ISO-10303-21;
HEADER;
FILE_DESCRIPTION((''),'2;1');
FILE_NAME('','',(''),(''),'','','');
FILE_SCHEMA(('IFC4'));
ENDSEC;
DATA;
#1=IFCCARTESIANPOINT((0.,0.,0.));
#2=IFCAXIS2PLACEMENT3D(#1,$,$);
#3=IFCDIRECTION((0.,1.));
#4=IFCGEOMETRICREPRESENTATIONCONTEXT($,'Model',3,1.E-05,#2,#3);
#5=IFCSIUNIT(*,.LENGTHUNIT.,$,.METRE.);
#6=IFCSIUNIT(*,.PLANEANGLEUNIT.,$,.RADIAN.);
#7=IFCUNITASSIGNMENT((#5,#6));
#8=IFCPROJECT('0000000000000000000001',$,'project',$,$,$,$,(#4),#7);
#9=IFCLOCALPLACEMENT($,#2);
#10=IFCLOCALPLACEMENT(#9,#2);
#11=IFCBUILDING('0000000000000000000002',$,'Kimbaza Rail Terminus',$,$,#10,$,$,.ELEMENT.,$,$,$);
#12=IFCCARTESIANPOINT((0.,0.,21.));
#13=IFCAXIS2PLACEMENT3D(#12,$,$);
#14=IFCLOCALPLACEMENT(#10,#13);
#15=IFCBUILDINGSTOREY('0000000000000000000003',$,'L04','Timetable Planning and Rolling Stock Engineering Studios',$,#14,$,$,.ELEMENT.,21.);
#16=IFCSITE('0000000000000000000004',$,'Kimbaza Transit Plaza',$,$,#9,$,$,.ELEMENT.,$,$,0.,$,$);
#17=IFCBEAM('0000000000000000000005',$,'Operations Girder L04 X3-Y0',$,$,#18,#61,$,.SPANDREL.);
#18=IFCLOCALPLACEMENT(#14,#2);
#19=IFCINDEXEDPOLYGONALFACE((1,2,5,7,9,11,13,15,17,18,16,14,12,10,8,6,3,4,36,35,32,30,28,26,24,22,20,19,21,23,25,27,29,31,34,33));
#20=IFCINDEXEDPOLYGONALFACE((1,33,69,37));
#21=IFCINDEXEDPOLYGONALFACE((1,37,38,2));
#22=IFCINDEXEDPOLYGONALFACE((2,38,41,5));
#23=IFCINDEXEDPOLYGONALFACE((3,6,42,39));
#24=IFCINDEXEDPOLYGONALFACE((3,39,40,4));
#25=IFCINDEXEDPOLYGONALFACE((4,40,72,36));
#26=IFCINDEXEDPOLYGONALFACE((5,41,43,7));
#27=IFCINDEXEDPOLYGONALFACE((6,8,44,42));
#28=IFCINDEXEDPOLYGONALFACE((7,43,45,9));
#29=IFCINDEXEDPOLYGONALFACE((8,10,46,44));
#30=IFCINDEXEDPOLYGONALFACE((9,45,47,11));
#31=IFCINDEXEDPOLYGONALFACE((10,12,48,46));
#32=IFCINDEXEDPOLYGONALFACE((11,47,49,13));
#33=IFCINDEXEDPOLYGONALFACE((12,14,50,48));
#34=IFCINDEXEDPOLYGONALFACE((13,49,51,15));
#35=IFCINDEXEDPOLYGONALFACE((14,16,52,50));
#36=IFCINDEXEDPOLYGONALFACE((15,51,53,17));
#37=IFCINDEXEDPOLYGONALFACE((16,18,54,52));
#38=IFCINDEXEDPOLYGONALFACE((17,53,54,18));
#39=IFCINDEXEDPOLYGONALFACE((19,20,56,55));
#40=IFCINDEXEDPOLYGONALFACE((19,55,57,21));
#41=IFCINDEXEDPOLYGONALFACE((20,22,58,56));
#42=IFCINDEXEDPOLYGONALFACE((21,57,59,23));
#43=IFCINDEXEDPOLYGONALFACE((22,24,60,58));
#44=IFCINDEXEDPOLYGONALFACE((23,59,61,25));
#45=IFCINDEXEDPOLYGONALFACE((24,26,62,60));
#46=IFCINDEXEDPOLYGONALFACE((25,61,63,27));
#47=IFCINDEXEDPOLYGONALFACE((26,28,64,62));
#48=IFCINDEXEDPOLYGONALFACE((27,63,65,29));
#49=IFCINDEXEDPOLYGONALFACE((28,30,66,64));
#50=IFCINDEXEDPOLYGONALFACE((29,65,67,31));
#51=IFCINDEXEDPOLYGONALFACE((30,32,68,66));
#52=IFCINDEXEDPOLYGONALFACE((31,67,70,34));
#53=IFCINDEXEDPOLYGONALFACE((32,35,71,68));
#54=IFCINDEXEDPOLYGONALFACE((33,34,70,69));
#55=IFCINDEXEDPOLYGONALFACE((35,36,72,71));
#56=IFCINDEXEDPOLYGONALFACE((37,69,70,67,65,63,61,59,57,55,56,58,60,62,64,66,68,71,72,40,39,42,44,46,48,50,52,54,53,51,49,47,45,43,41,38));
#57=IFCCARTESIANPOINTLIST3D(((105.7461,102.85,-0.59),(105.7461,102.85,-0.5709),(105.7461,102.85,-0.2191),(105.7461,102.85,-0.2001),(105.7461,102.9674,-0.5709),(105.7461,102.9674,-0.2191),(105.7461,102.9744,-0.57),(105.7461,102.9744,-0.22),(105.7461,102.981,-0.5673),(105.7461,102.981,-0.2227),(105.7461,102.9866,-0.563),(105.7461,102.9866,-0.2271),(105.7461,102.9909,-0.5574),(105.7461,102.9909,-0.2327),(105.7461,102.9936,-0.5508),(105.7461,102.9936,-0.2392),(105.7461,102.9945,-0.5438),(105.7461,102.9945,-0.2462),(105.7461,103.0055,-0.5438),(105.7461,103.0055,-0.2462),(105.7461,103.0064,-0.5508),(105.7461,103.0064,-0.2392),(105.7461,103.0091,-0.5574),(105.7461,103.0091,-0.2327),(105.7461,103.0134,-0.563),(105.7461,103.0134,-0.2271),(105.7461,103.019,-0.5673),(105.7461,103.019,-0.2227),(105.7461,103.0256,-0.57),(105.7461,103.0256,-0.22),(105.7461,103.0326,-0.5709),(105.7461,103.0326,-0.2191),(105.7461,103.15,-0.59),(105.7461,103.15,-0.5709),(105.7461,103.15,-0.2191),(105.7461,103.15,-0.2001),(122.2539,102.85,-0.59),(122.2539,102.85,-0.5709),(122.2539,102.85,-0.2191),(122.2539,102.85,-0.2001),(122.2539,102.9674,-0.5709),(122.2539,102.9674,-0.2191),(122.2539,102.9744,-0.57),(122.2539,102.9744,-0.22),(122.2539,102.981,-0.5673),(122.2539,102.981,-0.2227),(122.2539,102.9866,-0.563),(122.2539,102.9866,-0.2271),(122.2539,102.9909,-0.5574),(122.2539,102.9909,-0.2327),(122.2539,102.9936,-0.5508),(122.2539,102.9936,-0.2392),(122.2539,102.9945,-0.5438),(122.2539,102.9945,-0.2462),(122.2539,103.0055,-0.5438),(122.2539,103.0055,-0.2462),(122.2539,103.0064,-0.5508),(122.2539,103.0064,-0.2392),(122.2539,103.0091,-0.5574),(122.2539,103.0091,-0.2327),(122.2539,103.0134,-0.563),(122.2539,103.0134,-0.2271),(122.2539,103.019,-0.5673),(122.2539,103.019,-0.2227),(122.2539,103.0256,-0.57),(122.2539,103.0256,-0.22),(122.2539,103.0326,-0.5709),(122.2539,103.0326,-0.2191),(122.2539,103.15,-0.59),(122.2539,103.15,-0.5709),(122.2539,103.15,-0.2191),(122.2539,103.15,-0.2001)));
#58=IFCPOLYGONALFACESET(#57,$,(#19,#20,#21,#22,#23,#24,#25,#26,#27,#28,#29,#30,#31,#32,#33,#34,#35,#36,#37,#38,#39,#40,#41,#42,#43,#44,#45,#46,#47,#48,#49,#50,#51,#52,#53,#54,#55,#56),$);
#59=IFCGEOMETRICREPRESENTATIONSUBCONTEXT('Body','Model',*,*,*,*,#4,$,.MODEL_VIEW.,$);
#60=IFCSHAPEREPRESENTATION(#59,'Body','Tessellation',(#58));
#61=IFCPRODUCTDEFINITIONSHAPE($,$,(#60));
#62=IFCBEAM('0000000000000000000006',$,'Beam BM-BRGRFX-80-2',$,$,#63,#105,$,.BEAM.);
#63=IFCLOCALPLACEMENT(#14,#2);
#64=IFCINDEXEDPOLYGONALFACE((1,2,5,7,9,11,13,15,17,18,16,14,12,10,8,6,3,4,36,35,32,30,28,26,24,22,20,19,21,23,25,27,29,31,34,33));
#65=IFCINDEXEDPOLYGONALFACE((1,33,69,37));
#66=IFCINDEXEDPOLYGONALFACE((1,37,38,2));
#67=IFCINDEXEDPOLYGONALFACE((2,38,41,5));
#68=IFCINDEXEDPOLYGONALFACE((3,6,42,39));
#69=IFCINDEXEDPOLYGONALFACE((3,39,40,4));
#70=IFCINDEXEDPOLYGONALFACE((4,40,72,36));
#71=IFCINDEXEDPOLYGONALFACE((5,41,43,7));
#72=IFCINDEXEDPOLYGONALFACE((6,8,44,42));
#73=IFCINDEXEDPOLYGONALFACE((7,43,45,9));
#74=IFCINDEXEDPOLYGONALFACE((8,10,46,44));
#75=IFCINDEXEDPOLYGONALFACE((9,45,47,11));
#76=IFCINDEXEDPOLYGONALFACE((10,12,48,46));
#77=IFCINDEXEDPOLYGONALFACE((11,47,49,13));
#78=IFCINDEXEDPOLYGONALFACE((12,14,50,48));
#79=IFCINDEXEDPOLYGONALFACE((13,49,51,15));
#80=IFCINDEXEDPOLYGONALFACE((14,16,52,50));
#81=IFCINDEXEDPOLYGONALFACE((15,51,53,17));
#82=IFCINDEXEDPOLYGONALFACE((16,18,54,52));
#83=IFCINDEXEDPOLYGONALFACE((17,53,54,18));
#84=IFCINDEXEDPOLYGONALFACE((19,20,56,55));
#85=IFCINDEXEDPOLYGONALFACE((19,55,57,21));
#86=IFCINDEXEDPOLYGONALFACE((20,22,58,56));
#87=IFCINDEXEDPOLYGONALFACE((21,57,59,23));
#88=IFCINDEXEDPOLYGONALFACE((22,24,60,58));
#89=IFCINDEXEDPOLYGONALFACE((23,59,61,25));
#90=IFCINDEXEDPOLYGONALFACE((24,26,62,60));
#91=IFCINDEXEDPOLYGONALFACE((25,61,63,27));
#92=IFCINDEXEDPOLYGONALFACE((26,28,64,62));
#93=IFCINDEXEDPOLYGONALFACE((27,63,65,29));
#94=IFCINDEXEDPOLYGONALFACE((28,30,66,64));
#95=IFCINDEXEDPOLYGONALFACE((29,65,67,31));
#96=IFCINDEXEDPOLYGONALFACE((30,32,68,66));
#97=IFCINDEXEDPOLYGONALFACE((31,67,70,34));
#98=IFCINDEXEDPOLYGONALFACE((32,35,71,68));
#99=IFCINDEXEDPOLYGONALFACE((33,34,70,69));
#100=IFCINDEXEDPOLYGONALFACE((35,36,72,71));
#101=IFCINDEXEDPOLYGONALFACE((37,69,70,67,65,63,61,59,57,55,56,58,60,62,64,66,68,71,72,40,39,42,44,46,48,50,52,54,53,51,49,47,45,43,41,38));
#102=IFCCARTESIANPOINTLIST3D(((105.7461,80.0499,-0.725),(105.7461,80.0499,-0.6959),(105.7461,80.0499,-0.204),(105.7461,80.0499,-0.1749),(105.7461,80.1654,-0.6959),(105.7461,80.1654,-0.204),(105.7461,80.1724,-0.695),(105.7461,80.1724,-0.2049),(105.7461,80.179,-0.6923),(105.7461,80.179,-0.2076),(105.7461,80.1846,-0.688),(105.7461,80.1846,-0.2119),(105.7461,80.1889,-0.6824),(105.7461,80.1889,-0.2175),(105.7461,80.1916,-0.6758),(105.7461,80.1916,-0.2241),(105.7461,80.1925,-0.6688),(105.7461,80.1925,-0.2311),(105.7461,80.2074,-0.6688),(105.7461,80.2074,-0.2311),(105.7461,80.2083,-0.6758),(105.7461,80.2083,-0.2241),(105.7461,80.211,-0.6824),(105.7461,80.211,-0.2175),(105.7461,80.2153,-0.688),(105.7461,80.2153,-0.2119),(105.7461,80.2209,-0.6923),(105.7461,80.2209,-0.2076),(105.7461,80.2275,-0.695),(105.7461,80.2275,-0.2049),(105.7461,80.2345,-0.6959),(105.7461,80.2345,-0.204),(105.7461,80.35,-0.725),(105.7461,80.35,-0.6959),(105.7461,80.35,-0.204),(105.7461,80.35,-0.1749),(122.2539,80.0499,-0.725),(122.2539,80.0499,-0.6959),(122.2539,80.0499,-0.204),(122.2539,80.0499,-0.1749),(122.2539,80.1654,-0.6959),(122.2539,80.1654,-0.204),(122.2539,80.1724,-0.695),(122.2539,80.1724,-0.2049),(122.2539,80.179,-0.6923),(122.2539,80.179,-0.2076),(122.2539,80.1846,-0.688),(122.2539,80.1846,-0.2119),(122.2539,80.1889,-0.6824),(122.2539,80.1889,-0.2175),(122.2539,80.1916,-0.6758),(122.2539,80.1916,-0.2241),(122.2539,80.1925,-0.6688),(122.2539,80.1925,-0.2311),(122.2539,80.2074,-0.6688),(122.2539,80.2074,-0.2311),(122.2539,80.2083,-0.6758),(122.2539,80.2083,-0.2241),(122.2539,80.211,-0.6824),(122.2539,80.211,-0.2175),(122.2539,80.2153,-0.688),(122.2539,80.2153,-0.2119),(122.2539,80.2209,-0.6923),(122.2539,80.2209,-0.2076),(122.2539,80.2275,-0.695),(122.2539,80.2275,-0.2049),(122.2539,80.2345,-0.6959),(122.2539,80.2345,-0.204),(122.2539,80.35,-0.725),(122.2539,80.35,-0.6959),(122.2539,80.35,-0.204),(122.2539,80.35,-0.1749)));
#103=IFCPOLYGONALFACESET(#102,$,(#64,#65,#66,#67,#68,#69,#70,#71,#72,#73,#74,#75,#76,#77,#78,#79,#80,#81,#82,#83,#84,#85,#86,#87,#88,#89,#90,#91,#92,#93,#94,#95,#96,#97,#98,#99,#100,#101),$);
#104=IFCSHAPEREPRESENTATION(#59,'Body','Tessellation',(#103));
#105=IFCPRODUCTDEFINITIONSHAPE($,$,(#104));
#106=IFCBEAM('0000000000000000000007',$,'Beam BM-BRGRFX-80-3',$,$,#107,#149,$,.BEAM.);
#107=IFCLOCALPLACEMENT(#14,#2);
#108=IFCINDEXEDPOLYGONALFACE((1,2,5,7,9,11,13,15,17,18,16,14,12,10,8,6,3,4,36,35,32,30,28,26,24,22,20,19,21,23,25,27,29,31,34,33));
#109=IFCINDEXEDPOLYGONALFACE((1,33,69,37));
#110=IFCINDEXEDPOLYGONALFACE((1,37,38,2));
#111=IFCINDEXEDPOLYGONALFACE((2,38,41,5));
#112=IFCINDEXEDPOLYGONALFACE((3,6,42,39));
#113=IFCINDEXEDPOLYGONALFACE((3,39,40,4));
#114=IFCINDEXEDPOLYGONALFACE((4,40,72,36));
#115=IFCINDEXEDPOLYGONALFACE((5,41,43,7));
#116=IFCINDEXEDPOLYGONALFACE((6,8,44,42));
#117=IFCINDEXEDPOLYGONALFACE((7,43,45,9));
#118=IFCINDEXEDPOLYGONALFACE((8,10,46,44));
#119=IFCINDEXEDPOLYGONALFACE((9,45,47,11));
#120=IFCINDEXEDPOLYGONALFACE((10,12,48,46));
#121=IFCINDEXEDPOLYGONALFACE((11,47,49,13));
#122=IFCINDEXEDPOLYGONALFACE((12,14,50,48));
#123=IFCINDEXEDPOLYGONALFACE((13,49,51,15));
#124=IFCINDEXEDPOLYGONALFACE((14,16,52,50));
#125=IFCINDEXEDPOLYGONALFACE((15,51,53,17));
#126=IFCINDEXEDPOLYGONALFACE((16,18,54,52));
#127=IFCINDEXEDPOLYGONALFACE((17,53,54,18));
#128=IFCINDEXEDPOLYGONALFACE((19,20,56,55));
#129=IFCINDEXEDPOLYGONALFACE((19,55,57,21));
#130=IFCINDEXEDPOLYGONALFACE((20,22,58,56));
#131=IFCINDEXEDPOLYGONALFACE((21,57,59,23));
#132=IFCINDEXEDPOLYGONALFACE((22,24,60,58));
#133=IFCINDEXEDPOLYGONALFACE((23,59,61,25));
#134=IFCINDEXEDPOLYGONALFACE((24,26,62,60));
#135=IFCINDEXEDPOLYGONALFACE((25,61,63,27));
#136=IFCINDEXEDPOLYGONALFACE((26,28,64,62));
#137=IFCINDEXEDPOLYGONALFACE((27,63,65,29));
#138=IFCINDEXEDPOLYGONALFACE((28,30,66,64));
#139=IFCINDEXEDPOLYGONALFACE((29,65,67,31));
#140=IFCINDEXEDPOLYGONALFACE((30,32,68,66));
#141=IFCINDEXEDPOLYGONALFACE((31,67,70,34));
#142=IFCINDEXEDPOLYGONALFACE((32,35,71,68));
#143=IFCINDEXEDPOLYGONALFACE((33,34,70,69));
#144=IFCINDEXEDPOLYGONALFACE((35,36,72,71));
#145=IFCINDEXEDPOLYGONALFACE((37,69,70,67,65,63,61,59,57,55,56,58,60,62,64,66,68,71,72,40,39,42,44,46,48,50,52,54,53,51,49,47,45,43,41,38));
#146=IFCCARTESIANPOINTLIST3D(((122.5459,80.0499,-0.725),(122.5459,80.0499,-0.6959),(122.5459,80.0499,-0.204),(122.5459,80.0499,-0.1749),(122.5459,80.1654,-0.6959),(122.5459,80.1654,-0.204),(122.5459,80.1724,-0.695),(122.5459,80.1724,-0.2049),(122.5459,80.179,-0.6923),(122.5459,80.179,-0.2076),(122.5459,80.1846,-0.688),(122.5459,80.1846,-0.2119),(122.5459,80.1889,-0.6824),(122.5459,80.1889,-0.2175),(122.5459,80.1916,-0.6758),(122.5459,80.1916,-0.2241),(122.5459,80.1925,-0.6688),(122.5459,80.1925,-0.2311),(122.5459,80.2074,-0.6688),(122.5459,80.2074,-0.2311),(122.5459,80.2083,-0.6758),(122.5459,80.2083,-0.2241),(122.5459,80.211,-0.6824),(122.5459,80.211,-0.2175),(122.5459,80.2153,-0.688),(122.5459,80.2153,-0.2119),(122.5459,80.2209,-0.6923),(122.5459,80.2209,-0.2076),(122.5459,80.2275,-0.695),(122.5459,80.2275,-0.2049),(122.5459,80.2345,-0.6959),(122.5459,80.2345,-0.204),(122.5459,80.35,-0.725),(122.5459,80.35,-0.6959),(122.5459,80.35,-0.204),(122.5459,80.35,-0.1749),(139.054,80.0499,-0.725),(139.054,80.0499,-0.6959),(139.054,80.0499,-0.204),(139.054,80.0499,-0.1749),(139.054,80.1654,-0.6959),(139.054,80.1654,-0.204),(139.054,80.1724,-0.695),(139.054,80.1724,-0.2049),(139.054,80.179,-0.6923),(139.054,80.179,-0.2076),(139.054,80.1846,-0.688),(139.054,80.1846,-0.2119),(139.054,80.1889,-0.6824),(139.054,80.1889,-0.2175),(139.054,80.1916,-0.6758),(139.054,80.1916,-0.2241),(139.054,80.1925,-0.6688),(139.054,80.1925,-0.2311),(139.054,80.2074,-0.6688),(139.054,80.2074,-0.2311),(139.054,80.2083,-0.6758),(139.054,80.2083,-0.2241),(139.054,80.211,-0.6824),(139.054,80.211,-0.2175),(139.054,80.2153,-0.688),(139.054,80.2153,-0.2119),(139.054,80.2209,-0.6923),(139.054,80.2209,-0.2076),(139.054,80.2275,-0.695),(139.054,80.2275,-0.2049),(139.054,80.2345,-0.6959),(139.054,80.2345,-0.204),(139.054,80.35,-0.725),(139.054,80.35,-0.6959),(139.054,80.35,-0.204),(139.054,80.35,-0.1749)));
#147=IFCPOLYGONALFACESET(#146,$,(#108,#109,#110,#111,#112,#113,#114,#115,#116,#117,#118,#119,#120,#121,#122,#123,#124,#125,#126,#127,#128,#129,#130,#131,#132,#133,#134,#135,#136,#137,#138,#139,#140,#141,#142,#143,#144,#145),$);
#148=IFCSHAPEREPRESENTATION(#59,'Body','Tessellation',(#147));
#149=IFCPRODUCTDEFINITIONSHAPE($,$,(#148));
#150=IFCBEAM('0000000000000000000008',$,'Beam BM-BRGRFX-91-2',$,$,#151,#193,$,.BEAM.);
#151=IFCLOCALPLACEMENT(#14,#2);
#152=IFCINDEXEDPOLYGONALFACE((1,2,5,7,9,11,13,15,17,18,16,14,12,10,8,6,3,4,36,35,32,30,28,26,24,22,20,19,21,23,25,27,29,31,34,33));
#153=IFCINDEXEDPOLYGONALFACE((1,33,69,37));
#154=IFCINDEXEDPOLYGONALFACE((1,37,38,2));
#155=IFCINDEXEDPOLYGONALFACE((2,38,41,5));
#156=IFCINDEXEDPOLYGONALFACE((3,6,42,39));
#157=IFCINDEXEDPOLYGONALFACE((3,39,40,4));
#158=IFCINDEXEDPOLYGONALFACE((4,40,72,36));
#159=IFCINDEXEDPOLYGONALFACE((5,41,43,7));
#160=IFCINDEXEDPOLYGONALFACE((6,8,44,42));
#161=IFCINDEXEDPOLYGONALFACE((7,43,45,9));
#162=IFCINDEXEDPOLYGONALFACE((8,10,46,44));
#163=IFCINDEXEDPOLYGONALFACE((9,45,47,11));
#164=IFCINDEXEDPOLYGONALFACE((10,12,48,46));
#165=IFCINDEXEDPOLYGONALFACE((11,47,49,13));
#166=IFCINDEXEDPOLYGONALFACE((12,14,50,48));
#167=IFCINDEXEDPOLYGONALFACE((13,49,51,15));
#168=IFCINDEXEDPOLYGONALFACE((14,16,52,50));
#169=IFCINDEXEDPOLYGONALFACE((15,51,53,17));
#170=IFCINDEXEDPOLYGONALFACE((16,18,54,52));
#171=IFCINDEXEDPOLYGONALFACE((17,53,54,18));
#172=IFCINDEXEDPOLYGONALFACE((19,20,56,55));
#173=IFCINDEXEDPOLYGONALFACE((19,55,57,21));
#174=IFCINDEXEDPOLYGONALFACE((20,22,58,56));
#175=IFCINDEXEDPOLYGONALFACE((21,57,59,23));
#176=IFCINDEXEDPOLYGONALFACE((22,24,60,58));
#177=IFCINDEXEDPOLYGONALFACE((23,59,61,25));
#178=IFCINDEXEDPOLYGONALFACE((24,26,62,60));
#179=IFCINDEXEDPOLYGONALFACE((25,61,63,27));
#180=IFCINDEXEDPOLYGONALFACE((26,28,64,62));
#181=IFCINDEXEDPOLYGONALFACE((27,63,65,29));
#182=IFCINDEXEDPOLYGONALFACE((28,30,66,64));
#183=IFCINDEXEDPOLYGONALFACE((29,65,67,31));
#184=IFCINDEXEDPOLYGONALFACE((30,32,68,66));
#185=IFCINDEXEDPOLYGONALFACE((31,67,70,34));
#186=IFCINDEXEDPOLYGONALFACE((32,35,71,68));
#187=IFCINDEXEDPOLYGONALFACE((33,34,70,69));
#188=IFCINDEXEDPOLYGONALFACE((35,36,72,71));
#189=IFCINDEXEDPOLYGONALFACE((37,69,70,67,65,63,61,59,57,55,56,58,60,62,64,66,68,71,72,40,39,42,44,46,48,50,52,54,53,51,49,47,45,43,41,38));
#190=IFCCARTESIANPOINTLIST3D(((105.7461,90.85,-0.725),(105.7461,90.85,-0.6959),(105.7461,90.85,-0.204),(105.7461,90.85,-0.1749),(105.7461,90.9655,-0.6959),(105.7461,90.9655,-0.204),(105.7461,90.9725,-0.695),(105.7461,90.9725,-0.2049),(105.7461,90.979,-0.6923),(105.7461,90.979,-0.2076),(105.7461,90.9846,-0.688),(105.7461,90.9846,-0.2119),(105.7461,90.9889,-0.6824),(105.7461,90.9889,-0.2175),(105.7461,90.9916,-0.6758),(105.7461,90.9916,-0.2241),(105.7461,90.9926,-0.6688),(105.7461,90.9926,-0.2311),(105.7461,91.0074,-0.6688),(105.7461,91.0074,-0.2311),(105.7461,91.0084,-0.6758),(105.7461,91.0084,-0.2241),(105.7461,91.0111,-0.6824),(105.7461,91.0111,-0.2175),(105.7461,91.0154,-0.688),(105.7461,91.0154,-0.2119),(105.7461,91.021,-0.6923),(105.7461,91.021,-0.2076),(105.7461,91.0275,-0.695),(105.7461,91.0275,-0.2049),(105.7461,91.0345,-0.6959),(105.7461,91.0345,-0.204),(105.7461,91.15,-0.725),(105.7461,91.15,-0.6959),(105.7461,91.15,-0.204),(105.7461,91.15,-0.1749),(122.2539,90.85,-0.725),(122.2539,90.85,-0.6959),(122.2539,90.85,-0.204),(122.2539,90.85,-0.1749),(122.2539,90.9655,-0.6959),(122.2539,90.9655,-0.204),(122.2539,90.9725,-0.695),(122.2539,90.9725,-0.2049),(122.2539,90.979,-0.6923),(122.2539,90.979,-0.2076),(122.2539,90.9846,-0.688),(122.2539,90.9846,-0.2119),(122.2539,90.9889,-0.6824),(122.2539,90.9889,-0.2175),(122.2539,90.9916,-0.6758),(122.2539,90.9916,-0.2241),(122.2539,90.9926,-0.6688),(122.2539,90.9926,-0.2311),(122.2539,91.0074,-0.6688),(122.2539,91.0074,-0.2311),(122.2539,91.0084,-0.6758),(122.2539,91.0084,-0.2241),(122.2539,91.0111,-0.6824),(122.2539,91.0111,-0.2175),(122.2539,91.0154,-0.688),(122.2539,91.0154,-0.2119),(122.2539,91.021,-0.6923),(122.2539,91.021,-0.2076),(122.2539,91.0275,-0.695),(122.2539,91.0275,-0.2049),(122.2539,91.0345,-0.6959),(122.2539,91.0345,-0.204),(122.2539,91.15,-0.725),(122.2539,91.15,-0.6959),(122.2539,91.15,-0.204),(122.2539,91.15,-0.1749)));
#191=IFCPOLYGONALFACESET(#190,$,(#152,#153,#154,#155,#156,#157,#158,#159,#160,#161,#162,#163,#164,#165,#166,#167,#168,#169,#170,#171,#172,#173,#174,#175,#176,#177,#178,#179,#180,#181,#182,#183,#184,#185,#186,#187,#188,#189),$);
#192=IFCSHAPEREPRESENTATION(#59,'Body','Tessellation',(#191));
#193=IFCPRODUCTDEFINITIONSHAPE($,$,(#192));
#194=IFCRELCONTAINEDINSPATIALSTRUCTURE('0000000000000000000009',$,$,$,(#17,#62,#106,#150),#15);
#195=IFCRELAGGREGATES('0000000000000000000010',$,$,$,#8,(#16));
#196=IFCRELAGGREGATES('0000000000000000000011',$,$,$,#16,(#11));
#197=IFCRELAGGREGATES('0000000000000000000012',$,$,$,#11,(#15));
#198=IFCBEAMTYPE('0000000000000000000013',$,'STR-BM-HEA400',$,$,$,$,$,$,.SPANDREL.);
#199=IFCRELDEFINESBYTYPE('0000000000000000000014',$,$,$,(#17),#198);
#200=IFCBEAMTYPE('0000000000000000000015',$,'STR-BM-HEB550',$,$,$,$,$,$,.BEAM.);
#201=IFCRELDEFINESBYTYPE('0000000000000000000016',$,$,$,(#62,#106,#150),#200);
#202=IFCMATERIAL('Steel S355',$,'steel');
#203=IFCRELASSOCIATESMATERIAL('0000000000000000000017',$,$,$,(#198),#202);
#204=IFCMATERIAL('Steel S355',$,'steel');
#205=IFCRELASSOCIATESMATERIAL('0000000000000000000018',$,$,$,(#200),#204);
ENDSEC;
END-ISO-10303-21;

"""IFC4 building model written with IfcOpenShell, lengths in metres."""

from ifc_helpers import new_model, si_unit, direction, frame, origin, origin_2d, place, context, subcontext, project, spatial, i_section, extrude, material, material_profile, profile_set, type_object, element, save


model = new_model("IFC4")

# Units and contexts
model_context = context("Model", 3, precision=1e-05, world=origin(), true_north=direction((0.0, 1.0)))
body_context = subcontext(model_context, "Body", "Model", "MODEL_VIEW")
ifc_project = project(units=[si_unit("LENGTHUNIT", "METRE"), si_unit("PLANEANGLEUNIT", "RADIAN")], contexts=[model_context])

# Site, building, storey
site_placement = place(None, origin())
site = spatial("IfcSite", under=ifc_project, at=site_placement, Name="Kimbaza Transit Plaza", CompositionType="ELEMENT", RefElevation=0.0)
building_placement = place(site_placement, origin())
building = spatial("IfcBuilding", under=site, at=building_placement, Name="Kimbaza Rail Terminus", CompositionType="ELEMENT")
storey_placement = place(building_placement, frame((0.0, 0.0, 21.0)))
storey = spatial("IfcBuildingStorey", under=building, at=storey_placement, Name="L04", Description="Timetable Planning and Rolling Stock Engineering Studios", CompositionType="ELEMENT", Elevation=21.0)

# Beams
ifc_material_1 = material(Name="Steel S355", Category="steel")
ifc_material_profile_1 = material_profile(ifc_material_1, i_section(OverallWidth=0.3, OverallDepth=0.3899, WebThickness=0.011, FlangeThickness=0.019, FilletRadius=0.0271, at=origin_2d()), Name="HEA 400")
ifc_profile_set_1 = profile_set([ifc_material_profile_1], Name="Steel S355")
beam_type_1 = type_object("IfcBeamType", Name="STR-BM-HEA400", PredefinedType="SPANDREL", material=ifc_profile_set_1)
beam_1_placement = place(storey_placement, frame((105.7461, 103.0, -0.395), z_axis=(1.0, 0.0, 0.0), x_axis=(0.0, 1.0, 0.0)))
element("IfcBeam", 1, at=beam_1_placement, inside=storey, type_object=beam_type_1, Name="Operations Girder L04 X3-Y0", PredefinedType="SPANDREL", context=body_context, shape_type="SweptSolid", body=[
    extrude(i_section(OverallWidth=0.3, OverallDepth=0.3899, WebThickness=0.011, FlangeThickness=0.019, FilletRadius=0.0271, at=origin_2d()), origin(), (0.0, 0.0, 1.0), 16.5078),
])
ifc_material_2 = material(Name="Steel S355", Category="steel")
ifc_material_profile_2 = material_profile(ifc_material_2, i_section(OverallWidth=0.3, OverallDepth=0.55, WebThickness=0.0149, FlangeThickness=0.0291, FilletRadius=0.0271, at=origin_2d()), Name="HEB 550")
ifc_profile_set_2 = profile_set([ifc_material_profile_2], Name="Steel S355")
beam_type_2 = type_object("IfcBeamType", Name="STR-BM-HEB550", PredefinedType="BEAM", material=ifc_profile_set_2)
beam_2_placement = place(storey_placement, frame((105.7461, 80.2, -0.45), z_axis=(1.0, 0.0, 0.0), x_axis=(0.0, 1.0, 0.0)))
element("IfcBeam", 2, at=beam_2_placement, inside=storey, type_object=beam_type_2, Name="Beam BM-BRGRFX-80-2", PredefinedType="BEAM", context=body_context, shape_type="SweptSolid", body=[
    extrude(i_section(OverallWidth=0.3, OverallDepth=0.55, WebThickness=0.0149, FlangeThickness=0.0291, FilletRadius=0.0271, at=origin_2d()), origin(), (0.0, 0.0, 1.0), 16.5078),
])
beam_3_placement = place(storey_placement, frame((122.5459, 80.2, -0.45), z_axis=(1.0, 0.0, 0.0), x_axis=(0.0, 1.0, 0.0)))
element("IfcBeam", 3, at=beam_3_placement, inside=storey, type_object=beam_type_2, Name="Beam BM-BRGRFX-80-3", PredefinedType="BEAM", context=body_context, shape_type="SweptSolid", body=[
    extrude(i_section(OverallWidth=0.3, OverallDepth=0.55, WebThickness=0.0149, FlangeThickness=0.0291, FilletRadius=0.0271, at=origin_2d()), origin(), (0.0, 0.0, 1.0), 16.5081),
])
beam_4_placement = place(storey_placement, frame((105.7461, 91.0, -0.45), z_axis=(1.0, 0.0, 0.0), x_axis=(0.0, 1.0, 0.0)))
element("IfcBeam", 4, at=beam_4_placement, inside=storey, type_object=beam_type_2, Name="Beam BM-BRGRFX-91-2", PredefinedType="BEAM", context=body_context, shape_type="SweptSolid", body=[
    extrude(i_section(OverallWidth=0.3, OverallDepth=0.55, WebThickness=0.0149, FlangeThickness=0.0291, FilletRadius=0.0271, at=origin_2d()), origin(), (0.0, 0.0, 1.0), 16.5078),
])

save(model, "model.ifc")
